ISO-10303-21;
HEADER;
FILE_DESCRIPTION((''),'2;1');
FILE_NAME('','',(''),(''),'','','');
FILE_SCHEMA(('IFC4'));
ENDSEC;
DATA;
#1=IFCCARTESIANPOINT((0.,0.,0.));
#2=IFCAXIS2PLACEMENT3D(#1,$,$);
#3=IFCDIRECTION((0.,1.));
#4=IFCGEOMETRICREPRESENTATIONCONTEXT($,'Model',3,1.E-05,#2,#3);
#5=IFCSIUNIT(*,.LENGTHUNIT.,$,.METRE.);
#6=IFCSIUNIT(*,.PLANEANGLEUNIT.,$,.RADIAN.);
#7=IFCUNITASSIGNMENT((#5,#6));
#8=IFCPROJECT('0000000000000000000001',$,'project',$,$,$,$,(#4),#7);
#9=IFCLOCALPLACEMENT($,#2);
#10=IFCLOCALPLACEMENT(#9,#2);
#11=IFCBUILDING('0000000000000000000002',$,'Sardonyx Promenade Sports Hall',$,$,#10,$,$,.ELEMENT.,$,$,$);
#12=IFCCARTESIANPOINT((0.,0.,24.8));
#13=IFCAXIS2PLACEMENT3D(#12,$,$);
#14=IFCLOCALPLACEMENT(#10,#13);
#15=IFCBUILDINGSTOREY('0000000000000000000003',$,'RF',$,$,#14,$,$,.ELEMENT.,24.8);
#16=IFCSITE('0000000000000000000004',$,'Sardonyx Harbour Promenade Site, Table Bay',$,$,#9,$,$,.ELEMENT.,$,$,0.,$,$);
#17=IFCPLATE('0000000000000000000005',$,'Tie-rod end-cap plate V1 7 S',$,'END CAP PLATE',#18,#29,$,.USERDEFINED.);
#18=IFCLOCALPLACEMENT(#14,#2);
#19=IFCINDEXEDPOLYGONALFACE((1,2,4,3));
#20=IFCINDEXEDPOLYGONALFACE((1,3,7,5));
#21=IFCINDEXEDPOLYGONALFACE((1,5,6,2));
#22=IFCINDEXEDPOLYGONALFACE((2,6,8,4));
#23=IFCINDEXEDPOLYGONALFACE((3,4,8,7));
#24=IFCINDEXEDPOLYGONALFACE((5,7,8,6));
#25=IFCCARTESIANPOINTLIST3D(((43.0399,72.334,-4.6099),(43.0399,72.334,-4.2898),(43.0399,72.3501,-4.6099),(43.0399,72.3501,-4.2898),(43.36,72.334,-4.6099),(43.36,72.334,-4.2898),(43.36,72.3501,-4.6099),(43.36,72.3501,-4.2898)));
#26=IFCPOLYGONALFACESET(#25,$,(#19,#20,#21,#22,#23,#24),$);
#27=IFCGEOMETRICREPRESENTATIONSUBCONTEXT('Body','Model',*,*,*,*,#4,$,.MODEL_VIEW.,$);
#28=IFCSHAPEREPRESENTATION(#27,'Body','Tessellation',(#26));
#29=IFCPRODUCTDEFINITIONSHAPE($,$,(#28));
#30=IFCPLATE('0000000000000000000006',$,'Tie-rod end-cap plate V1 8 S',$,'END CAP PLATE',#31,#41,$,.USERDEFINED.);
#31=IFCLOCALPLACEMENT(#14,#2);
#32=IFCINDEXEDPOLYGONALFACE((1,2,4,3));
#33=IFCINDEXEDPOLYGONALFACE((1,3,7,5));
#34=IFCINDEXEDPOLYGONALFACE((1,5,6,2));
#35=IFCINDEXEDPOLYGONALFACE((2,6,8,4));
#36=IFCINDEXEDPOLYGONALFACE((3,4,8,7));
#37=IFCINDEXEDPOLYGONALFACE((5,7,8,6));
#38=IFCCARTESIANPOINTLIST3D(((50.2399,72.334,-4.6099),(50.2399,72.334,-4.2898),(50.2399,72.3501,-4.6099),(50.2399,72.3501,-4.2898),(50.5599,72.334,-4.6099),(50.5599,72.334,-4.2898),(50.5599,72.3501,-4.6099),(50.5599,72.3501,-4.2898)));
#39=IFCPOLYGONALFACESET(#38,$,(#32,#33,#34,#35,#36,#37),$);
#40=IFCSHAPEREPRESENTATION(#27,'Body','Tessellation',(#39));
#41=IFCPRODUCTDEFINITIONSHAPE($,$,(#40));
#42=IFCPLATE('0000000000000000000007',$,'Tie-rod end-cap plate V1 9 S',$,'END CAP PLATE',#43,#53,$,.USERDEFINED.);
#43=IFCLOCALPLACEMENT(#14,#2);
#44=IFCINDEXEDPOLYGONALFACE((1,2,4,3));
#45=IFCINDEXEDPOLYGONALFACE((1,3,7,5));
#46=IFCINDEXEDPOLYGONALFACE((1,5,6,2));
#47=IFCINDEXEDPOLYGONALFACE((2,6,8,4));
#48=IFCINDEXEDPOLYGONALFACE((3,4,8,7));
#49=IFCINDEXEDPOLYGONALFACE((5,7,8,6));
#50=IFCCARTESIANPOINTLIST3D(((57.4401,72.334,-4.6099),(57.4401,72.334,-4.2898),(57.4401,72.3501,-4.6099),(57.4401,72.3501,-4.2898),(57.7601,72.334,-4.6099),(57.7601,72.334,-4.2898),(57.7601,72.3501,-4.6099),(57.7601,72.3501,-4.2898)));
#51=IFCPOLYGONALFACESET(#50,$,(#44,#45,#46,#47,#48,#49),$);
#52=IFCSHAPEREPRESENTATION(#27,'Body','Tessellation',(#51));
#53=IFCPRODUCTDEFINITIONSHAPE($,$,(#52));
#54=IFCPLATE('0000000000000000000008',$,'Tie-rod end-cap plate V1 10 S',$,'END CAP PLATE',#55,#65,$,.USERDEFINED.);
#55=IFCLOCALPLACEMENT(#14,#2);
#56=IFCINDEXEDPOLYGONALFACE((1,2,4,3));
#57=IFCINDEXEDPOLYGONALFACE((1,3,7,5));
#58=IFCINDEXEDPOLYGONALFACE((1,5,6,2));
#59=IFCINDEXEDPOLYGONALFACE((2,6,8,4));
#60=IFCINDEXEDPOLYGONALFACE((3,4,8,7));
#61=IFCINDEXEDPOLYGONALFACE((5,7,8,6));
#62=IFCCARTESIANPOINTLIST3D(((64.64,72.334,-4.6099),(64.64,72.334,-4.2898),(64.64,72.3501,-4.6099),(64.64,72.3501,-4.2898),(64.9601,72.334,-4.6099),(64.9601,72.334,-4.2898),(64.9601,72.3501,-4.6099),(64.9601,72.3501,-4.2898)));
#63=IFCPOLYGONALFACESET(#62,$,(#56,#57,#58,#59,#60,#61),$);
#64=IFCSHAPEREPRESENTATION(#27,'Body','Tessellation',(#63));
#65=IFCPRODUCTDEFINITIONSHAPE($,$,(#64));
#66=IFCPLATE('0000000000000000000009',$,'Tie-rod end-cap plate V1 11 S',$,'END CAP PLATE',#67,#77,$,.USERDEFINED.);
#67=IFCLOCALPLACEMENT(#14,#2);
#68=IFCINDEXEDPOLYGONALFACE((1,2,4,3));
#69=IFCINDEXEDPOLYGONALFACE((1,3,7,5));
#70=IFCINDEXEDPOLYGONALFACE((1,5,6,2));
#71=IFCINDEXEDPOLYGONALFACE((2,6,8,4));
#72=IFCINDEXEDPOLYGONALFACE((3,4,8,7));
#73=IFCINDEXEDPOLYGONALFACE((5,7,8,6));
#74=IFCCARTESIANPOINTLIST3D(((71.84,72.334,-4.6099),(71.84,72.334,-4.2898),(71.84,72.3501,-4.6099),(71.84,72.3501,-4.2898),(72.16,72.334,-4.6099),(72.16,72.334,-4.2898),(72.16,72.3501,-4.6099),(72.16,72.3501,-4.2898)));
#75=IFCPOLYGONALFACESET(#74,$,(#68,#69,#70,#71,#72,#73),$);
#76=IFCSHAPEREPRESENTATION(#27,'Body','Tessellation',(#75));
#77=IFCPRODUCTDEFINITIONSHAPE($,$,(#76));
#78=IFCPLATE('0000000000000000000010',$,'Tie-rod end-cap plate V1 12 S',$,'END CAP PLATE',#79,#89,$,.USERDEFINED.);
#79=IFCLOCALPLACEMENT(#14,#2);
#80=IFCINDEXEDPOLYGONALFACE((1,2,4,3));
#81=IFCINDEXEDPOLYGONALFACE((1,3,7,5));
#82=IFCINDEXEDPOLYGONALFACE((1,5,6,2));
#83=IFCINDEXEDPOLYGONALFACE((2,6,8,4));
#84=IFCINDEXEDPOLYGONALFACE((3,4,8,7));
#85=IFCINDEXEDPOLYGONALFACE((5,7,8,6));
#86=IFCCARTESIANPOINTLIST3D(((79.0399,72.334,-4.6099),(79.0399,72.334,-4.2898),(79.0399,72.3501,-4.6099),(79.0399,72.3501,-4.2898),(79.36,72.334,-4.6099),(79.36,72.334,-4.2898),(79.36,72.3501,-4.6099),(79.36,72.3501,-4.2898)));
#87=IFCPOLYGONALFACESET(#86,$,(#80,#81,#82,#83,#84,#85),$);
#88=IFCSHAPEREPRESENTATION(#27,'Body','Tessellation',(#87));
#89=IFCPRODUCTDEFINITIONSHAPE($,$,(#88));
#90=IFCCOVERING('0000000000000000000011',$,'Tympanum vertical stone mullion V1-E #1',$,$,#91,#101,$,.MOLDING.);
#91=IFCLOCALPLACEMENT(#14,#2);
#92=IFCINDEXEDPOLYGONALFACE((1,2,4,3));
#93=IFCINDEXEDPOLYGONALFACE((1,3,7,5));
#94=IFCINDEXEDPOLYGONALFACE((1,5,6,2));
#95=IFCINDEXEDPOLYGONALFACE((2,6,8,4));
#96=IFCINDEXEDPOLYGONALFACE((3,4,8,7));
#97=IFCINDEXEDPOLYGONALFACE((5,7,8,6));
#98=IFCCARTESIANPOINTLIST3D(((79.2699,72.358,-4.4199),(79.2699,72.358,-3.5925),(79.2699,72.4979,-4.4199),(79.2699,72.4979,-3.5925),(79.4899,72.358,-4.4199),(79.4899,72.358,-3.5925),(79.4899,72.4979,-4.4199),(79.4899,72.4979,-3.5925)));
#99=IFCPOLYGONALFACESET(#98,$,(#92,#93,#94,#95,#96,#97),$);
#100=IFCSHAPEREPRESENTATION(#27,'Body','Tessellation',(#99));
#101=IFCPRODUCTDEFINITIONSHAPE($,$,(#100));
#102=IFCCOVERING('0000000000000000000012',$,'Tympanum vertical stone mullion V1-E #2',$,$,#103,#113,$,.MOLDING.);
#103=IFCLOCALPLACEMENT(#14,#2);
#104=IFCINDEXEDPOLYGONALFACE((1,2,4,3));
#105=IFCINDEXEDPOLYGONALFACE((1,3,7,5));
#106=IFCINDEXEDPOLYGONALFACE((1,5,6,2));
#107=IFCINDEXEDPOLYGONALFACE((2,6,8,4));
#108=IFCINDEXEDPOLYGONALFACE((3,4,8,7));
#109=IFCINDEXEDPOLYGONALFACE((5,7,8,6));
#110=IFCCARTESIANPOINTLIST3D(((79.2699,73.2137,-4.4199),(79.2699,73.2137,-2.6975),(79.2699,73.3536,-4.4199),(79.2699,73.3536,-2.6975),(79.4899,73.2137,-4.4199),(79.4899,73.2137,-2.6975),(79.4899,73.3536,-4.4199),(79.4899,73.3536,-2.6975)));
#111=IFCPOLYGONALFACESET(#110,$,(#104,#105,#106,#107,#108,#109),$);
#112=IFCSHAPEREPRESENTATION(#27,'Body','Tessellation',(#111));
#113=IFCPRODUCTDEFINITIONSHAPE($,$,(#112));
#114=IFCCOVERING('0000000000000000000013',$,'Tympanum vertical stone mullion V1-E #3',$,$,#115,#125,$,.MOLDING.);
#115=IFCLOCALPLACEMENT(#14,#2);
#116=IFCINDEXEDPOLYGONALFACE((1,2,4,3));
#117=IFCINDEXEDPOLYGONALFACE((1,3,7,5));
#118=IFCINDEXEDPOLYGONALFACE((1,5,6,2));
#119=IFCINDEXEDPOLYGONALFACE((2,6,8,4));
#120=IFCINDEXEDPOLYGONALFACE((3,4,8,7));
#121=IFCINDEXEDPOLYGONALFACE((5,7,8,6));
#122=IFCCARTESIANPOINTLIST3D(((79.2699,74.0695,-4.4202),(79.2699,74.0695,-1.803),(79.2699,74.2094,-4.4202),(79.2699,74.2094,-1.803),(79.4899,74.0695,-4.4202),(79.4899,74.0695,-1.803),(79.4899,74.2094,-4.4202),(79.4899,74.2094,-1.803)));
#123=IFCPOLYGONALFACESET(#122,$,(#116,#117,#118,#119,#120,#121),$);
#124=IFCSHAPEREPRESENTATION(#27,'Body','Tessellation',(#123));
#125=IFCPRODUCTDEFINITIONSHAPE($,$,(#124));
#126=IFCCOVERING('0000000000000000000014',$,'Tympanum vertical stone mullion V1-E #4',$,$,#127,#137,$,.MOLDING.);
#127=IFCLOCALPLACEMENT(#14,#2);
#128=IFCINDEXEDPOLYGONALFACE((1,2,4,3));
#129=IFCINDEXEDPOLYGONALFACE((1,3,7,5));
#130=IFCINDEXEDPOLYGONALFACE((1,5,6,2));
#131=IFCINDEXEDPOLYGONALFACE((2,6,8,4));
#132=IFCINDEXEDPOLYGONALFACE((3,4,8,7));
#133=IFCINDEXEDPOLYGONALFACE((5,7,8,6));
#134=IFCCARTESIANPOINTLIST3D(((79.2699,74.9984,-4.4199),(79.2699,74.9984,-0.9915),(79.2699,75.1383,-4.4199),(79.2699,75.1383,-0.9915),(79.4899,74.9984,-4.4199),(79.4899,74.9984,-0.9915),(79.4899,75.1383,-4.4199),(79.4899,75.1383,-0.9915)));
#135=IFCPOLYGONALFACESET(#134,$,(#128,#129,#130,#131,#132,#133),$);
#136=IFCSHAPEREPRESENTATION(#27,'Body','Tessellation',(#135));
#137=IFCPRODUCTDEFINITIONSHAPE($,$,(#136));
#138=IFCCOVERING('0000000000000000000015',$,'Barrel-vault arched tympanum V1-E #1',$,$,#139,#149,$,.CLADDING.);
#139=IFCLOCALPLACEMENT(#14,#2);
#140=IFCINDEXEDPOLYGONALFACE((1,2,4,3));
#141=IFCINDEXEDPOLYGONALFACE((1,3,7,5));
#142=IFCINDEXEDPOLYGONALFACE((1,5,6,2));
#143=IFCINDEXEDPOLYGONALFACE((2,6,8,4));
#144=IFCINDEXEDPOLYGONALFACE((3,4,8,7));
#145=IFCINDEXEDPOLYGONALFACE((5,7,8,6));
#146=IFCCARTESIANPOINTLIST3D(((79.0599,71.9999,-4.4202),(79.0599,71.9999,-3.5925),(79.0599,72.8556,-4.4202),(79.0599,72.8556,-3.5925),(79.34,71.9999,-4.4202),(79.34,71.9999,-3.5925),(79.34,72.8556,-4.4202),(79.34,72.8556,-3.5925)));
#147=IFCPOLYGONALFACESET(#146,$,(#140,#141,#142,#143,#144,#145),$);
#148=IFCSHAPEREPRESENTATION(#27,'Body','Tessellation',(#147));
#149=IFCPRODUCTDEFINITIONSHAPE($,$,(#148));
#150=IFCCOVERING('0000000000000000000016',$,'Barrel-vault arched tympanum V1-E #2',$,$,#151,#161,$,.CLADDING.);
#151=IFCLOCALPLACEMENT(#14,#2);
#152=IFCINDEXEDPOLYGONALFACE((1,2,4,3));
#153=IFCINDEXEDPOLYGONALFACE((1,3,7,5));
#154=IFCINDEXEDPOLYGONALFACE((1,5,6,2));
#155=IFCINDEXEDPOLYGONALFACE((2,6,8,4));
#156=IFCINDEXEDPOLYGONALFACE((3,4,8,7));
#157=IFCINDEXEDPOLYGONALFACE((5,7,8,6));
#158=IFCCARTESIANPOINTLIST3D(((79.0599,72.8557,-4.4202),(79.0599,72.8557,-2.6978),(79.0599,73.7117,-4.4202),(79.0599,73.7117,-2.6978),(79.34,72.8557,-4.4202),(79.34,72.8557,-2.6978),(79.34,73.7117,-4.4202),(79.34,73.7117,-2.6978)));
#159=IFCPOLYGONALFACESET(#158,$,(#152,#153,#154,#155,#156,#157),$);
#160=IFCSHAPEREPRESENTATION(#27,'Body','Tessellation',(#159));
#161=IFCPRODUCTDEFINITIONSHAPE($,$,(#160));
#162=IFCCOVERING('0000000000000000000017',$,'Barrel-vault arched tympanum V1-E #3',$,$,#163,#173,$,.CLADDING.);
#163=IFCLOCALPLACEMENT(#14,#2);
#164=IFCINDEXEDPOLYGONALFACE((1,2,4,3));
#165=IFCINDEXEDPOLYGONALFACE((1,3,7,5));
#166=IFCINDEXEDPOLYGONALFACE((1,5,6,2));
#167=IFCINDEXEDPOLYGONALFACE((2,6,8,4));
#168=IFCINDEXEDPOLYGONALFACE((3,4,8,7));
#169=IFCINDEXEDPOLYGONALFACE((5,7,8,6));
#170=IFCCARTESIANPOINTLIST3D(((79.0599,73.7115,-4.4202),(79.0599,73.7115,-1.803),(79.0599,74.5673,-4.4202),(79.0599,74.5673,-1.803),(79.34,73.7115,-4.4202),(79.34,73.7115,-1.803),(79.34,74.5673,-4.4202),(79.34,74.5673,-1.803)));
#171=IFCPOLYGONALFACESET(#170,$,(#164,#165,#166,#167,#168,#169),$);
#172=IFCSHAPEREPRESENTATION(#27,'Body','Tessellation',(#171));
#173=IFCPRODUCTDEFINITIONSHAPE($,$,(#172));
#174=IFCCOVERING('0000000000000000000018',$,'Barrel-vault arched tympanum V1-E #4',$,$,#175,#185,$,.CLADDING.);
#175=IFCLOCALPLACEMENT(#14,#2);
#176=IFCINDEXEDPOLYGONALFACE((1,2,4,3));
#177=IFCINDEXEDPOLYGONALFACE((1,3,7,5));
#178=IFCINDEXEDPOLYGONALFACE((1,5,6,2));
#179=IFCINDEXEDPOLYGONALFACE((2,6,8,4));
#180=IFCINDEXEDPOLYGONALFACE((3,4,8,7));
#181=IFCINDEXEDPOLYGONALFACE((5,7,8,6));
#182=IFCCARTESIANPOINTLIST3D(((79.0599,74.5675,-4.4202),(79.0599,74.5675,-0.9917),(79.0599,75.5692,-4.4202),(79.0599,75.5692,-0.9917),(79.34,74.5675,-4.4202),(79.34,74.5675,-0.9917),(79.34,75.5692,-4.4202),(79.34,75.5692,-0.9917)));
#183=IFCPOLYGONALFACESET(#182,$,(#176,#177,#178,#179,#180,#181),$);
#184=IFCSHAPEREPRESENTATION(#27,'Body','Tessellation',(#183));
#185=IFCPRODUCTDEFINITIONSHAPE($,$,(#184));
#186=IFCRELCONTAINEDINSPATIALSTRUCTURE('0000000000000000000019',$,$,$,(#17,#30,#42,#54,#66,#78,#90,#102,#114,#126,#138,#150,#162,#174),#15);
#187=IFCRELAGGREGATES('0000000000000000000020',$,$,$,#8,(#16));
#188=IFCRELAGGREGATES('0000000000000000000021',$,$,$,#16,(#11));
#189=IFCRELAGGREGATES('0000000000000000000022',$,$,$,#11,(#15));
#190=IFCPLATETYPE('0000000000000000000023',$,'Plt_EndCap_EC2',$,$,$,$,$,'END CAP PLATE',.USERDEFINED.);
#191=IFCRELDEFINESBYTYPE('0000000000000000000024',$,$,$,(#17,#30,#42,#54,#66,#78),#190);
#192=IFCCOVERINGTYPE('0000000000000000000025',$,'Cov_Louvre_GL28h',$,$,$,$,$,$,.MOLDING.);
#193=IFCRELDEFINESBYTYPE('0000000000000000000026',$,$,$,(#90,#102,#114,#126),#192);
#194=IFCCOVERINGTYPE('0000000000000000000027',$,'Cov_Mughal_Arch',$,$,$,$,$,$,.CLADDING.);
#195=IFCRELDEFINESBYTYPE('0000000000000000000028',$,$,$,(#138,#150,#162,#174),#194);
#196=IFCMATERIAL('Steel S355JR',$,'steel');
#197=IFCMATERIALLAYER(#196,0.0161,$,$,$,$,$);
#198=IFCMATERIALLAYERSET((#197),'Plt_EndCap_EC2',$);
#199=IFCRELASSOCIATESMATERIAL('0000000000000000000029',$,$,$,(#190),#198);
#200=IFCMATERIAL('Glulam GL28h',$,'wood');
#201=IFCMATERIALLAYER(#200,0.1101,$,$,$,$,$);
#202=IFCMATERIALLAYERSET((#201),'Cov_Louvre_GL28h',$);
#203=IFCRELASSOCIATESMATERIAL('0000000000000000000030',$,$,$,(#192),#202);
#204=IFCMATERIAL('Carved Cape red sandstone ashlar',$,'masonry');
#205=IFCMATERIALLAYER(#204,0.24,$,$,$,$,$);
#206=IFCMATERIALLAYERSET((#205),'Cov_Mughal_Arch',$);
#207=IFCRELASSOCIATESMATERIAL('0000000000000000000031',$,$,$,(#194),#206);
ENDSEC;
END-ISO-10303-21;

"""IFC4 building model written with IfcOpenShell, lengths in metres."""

from ifc_helpers import new_model, si_unit, direction, frame, frame_2d, origin, origin_2d, place, context, subcontext, project, spatial, rectangle, extrude, material, layer, layer_set, type_object, element, save


model = new_model("IFC4")

# Units and contexts
model_context = context("Model", 3, precision=1e-05, world=origin(), true_north=direction((0.0, 1.0)))
body_context = subcontext(model_context, "Body", "Model", "MODEL_VIEW")
ifc_project = project(units=[si_unit("LENGTHUNIT", "METRE"), si_unit("PLANEANGLEUNIT", "RADIAN")], contexts=[model_context])

# Site, building, storey
site_placement = place(None, origin())
site = spatial("IfcSite", under=ifc_project, at=site_placement, Name="Sardonyx Harbour Promenade Site, Table Bay", CompositionType="ELEMENT", RefElevation=0.0)
building_placement = place(site_placement, origin())
building = spatial("IfcBuilding", under=site, at=building_placement, Name="Sardonyx Promenade Sports Hall", CompositionType="ELEMENT")
storey_placement = place(building_placement, frame((0.0, 0.0, 24.8)))
storey = spatial("IfcBuildingStorey", under=building, at=storey_placement, Name="RF", CompositionType="ELEMENT", Elevation=24.8)

# Plates
ifc_material_1 = material(Name="Steel S355JR", Category="steel")
ifc_layer_1 = layer(ifc_material_1, 0.0161)
ifc_layer_set_1 = layer_set([ifc_layer_1], Name="Plt_EndCap_EC2")
plate_type = type_object("IfcPlateType", Name="Plt_EndCap_EC2", ElementType="END CAP PLATE", PredefinedType="USERDEFINED", material=ifc_layer_set_1)
for number, where, z_axis, x_axis, name in (
    (1, (43.2, 72.342, -4.6099), (0.0, 0.0, 1.0), (1.0, 0.0, 0.0), "Tie-rod end-cap plate V1 7 S"),
    (2, (50.3999, 72.342, -4.6099), (0.0, 0.0, 1.0), (1.0, 0.0, 0.0), "Tie-rod end-cap plate V1 8 S"),
    (3, (57.6001, 72.342, -4.6099), (0.0, 0.0, 1.0), (1.0, 0.0, 0.0), "Tie-rod end-cap plate V1 9 S"),
    (4, (64.8, 72.342, -4.6099), (0.0, 0.0, 1.0), (1.0, 0.0, 0.0), "Tie-rod end-cap plate V1 10 S"),
    (5, (72.0, 72.342, -4.6099), (0.0, 0.0, 1.0), (1.0, 0.0, 0.0), "Tie-rod end-cap plate V1 11 S"),
    (6, (79.2, 72.342, -4.6099), (0.0, 0.0, 1.0), (1.0, 0.0, 0.0), "Tie-rod end-cap plate V1 12 S"),
):
    element("IfcPlate", number, at=place(storey_placement, frame(where, z_axis=z_axis, x_axis=x_axis)), inside=storey, type_object=plate_type, Name=name, ObjectType="END CAP PLATE", PredefinedType="USERDEFINED", context=body_context, shape_type="SweptSolid", body=[
        extrude(rectangle(XDim=0.3201, YDim=0.0161, at=origin_2d()), origin(), (0.0, 0.0, 1.0), 0.3201),
    ])

# Coverings
ifc_material_2 = material(Name="Glulam GL28h", Category="wood")
ifc_layer_2 = layer(ifc_material_2, 0.1101)
ifc_layer_set_2 = layer_set([ifc_layer_2], Name="Cov_Louvre_GL28h")
covering_type_1 = type_object("IfcCoveringType", Name="Cov_Louvre_GL28h", PredefinedType="MOLDING", material=ifc_layer_set_2)
covering_1_placement = place(storey_placement, frame((79.3799, 72.428, -4.4199), z_axis=(0.0, 0.0, 1.0), x_axis=(1.0, 0.0, 0.0)))
element("IfcCovering", 7, at=covering_1_placement, inside=storey, type_object=covering_type_1, Name="Tympanum vertical stone mullion V1-E #1", PredefinedType="MOLDING", context=body_context, shape_type="SweptSolid", body=[
    extrude(rectangle(XDim=0.22, YDim=0.1399, at=origin_2d()), origin(), (0.0, 0.0, 1.0), 0.8274),
])
covering_2_placement = place(storey_placement, frame((79.3799, 73.2837, -4.4199), z_axis=(0.0, 0.0, 1.0), x_axis=(1.0, 0.0, 0.0)))
element("IfcCovering", 8, at=covering_2_placement, inside=storey, type_object=covering_type_1, Name="Tympanum vertical stone mullion V1-E #2", PredefinedType="MOLDING", context=body_context, shape_type="SweptSolid", body=[
    extrude(rectangle(XDim=0.22, YDim=0.1399, at=origin_2d()), origin(), (0.0, 0.0, 1.0), 1.7224),
])
covering_3_placement = place(storey_placement, frame((79.3799, 74.1394, -4.4202), z_axis=(0.0, 0.0, 1.0), x_axis=(1.0, 0.0, 0.0)))
element("IfcCovering", 9, at=covering_3_placement, inside=storey, type_object=covering_type_1, Name="Tympanum vertical stone mullion V1-E #3", PredefinedType="MOLDING", context=body_context, shape_type="SweptSolid", body=[
    extrude(rectangle(XDim=0.22, YDim=0.1399, at=origin_2d()), origin(), (0.0, 0.0, 1.0), 2.6172),
])
covering_4_placement = place(storey_placement, frame((79.3799, 75.0684, -4.4199), z_axis=(0.0, 0.0, 1.0), x_axis=(1.0, 0.0, 0.0)))
element("IfcCovering", 10, at=covering_4_placement, inside=storey, type_object=covering_type_1, Name="Tympanum vertical stone mullion V1-E #4", PredefinedType="MOLDING", context=body_context, shape_type="SweptSolid", body=[
    extrude(rectangle(XDim=0.22, YDim=0.1399, at=origin_2d()), origin(), (0.0, 0.0, 1.0), 3.4285),
])
ifc_material_3 = material(Name="Carved Cape red sandstone ashlar", Category="masonry")
ifc_layer_3 = layer(ifc_material_3, 0.24)
ifc_layer_set_3 = layer_set([ifc_layer_3], Name="Cov_Mughal_Arch")
covering_type_2 = type_object("IfcCoveringType", Name="Cov_Mughal_Arch", PredefinedType="CLADDING", material=ifc_layer_set_3)
covering_5_placement = place(storey_placement, frame((79.2, 72.0, -4.4202), z_axis=(0.0, 0.0, 1.0), x_axis=(0.0, 1.0, 0.0)))
element("IfcCovering", 11, at=covering_5_placement, inside=storey, type_object=covering_type_2, Name="Barrel-vault arched tympanum V1-E #1", PredefinedType="CLADDING", context=body_context, shape_type="SweptSolid", body=[
    extrude(rectangle(XDim=0.8557, YDim=0.28, at=frame_2d((0.4277, 0.0))), origin(), (0.0, 0.0, 1.0), 0.8276),
])
covering_6_placement = place(storey_placement, frame((79.2, 72.8557, -4.4202), z_axis=(0.0, 0.0, 1.0), x_axis=(0.0, 1.0, 0.0)))
element("IfcCovering", 12, at=covering_6_placement, inside=storey, type_object=covering_type_2, Name="Barrel-vault arched tympanum V1-E #2", PredefinedType="CLADDING", context=body_context, shape_type="SweptSolid", body=[
    extrude(rectangle(XDim=0.856, YDim=0.28, at=frame_2d((0.428, 0.0))), origin(), (0.0, 0.0, 1.0), 1.7224),
])
covering_7_placement = place(storey_placement, frame((79.2, 73.7117, -4.4202), z_axis=(0.0, 0.0, 1.0), x_axis=(0.0, 1.0, 0.0)))
element("IfcCovering", 13, at=covering_7_placement, inside=storey, type_object=covering_type_2, Name="Barrel-vault arched tympanum V1-E #3", PredefinedType="CLADDING", context=body_context, shape_type="SweptSolid", body=[
    extrude(rectangle(XDim=0.8557, YDim=0.28, at=frame_2d((0.4277, 0.0))), origin(), (0.0, 0.0, 1.0), 2.6172),
])
covering_8_placement = place(storey_placement, frame((79.2, 74.5674, -4.4202), z_axis=(0.0, 0.0, 1.0), x_axis=(0.0, 1.0, 0.0)))
element("IfcCovering", 14, at=covering_8_placement, inside=storey, type_object=covering_type_2, Name="Barrel-vault arched tympanum V1-E #4", PredefinedType="CLADDING", context=body_context, shape_type="SweptSolid", body=[
    extrude(rectangle(XDim=1.0017, YDim=0.28, at=frame_2d((0.501, 0.0))), origin(), (0.0, 0.0, 1.0), 3.4285),
])

save(model, "model.ifc")
